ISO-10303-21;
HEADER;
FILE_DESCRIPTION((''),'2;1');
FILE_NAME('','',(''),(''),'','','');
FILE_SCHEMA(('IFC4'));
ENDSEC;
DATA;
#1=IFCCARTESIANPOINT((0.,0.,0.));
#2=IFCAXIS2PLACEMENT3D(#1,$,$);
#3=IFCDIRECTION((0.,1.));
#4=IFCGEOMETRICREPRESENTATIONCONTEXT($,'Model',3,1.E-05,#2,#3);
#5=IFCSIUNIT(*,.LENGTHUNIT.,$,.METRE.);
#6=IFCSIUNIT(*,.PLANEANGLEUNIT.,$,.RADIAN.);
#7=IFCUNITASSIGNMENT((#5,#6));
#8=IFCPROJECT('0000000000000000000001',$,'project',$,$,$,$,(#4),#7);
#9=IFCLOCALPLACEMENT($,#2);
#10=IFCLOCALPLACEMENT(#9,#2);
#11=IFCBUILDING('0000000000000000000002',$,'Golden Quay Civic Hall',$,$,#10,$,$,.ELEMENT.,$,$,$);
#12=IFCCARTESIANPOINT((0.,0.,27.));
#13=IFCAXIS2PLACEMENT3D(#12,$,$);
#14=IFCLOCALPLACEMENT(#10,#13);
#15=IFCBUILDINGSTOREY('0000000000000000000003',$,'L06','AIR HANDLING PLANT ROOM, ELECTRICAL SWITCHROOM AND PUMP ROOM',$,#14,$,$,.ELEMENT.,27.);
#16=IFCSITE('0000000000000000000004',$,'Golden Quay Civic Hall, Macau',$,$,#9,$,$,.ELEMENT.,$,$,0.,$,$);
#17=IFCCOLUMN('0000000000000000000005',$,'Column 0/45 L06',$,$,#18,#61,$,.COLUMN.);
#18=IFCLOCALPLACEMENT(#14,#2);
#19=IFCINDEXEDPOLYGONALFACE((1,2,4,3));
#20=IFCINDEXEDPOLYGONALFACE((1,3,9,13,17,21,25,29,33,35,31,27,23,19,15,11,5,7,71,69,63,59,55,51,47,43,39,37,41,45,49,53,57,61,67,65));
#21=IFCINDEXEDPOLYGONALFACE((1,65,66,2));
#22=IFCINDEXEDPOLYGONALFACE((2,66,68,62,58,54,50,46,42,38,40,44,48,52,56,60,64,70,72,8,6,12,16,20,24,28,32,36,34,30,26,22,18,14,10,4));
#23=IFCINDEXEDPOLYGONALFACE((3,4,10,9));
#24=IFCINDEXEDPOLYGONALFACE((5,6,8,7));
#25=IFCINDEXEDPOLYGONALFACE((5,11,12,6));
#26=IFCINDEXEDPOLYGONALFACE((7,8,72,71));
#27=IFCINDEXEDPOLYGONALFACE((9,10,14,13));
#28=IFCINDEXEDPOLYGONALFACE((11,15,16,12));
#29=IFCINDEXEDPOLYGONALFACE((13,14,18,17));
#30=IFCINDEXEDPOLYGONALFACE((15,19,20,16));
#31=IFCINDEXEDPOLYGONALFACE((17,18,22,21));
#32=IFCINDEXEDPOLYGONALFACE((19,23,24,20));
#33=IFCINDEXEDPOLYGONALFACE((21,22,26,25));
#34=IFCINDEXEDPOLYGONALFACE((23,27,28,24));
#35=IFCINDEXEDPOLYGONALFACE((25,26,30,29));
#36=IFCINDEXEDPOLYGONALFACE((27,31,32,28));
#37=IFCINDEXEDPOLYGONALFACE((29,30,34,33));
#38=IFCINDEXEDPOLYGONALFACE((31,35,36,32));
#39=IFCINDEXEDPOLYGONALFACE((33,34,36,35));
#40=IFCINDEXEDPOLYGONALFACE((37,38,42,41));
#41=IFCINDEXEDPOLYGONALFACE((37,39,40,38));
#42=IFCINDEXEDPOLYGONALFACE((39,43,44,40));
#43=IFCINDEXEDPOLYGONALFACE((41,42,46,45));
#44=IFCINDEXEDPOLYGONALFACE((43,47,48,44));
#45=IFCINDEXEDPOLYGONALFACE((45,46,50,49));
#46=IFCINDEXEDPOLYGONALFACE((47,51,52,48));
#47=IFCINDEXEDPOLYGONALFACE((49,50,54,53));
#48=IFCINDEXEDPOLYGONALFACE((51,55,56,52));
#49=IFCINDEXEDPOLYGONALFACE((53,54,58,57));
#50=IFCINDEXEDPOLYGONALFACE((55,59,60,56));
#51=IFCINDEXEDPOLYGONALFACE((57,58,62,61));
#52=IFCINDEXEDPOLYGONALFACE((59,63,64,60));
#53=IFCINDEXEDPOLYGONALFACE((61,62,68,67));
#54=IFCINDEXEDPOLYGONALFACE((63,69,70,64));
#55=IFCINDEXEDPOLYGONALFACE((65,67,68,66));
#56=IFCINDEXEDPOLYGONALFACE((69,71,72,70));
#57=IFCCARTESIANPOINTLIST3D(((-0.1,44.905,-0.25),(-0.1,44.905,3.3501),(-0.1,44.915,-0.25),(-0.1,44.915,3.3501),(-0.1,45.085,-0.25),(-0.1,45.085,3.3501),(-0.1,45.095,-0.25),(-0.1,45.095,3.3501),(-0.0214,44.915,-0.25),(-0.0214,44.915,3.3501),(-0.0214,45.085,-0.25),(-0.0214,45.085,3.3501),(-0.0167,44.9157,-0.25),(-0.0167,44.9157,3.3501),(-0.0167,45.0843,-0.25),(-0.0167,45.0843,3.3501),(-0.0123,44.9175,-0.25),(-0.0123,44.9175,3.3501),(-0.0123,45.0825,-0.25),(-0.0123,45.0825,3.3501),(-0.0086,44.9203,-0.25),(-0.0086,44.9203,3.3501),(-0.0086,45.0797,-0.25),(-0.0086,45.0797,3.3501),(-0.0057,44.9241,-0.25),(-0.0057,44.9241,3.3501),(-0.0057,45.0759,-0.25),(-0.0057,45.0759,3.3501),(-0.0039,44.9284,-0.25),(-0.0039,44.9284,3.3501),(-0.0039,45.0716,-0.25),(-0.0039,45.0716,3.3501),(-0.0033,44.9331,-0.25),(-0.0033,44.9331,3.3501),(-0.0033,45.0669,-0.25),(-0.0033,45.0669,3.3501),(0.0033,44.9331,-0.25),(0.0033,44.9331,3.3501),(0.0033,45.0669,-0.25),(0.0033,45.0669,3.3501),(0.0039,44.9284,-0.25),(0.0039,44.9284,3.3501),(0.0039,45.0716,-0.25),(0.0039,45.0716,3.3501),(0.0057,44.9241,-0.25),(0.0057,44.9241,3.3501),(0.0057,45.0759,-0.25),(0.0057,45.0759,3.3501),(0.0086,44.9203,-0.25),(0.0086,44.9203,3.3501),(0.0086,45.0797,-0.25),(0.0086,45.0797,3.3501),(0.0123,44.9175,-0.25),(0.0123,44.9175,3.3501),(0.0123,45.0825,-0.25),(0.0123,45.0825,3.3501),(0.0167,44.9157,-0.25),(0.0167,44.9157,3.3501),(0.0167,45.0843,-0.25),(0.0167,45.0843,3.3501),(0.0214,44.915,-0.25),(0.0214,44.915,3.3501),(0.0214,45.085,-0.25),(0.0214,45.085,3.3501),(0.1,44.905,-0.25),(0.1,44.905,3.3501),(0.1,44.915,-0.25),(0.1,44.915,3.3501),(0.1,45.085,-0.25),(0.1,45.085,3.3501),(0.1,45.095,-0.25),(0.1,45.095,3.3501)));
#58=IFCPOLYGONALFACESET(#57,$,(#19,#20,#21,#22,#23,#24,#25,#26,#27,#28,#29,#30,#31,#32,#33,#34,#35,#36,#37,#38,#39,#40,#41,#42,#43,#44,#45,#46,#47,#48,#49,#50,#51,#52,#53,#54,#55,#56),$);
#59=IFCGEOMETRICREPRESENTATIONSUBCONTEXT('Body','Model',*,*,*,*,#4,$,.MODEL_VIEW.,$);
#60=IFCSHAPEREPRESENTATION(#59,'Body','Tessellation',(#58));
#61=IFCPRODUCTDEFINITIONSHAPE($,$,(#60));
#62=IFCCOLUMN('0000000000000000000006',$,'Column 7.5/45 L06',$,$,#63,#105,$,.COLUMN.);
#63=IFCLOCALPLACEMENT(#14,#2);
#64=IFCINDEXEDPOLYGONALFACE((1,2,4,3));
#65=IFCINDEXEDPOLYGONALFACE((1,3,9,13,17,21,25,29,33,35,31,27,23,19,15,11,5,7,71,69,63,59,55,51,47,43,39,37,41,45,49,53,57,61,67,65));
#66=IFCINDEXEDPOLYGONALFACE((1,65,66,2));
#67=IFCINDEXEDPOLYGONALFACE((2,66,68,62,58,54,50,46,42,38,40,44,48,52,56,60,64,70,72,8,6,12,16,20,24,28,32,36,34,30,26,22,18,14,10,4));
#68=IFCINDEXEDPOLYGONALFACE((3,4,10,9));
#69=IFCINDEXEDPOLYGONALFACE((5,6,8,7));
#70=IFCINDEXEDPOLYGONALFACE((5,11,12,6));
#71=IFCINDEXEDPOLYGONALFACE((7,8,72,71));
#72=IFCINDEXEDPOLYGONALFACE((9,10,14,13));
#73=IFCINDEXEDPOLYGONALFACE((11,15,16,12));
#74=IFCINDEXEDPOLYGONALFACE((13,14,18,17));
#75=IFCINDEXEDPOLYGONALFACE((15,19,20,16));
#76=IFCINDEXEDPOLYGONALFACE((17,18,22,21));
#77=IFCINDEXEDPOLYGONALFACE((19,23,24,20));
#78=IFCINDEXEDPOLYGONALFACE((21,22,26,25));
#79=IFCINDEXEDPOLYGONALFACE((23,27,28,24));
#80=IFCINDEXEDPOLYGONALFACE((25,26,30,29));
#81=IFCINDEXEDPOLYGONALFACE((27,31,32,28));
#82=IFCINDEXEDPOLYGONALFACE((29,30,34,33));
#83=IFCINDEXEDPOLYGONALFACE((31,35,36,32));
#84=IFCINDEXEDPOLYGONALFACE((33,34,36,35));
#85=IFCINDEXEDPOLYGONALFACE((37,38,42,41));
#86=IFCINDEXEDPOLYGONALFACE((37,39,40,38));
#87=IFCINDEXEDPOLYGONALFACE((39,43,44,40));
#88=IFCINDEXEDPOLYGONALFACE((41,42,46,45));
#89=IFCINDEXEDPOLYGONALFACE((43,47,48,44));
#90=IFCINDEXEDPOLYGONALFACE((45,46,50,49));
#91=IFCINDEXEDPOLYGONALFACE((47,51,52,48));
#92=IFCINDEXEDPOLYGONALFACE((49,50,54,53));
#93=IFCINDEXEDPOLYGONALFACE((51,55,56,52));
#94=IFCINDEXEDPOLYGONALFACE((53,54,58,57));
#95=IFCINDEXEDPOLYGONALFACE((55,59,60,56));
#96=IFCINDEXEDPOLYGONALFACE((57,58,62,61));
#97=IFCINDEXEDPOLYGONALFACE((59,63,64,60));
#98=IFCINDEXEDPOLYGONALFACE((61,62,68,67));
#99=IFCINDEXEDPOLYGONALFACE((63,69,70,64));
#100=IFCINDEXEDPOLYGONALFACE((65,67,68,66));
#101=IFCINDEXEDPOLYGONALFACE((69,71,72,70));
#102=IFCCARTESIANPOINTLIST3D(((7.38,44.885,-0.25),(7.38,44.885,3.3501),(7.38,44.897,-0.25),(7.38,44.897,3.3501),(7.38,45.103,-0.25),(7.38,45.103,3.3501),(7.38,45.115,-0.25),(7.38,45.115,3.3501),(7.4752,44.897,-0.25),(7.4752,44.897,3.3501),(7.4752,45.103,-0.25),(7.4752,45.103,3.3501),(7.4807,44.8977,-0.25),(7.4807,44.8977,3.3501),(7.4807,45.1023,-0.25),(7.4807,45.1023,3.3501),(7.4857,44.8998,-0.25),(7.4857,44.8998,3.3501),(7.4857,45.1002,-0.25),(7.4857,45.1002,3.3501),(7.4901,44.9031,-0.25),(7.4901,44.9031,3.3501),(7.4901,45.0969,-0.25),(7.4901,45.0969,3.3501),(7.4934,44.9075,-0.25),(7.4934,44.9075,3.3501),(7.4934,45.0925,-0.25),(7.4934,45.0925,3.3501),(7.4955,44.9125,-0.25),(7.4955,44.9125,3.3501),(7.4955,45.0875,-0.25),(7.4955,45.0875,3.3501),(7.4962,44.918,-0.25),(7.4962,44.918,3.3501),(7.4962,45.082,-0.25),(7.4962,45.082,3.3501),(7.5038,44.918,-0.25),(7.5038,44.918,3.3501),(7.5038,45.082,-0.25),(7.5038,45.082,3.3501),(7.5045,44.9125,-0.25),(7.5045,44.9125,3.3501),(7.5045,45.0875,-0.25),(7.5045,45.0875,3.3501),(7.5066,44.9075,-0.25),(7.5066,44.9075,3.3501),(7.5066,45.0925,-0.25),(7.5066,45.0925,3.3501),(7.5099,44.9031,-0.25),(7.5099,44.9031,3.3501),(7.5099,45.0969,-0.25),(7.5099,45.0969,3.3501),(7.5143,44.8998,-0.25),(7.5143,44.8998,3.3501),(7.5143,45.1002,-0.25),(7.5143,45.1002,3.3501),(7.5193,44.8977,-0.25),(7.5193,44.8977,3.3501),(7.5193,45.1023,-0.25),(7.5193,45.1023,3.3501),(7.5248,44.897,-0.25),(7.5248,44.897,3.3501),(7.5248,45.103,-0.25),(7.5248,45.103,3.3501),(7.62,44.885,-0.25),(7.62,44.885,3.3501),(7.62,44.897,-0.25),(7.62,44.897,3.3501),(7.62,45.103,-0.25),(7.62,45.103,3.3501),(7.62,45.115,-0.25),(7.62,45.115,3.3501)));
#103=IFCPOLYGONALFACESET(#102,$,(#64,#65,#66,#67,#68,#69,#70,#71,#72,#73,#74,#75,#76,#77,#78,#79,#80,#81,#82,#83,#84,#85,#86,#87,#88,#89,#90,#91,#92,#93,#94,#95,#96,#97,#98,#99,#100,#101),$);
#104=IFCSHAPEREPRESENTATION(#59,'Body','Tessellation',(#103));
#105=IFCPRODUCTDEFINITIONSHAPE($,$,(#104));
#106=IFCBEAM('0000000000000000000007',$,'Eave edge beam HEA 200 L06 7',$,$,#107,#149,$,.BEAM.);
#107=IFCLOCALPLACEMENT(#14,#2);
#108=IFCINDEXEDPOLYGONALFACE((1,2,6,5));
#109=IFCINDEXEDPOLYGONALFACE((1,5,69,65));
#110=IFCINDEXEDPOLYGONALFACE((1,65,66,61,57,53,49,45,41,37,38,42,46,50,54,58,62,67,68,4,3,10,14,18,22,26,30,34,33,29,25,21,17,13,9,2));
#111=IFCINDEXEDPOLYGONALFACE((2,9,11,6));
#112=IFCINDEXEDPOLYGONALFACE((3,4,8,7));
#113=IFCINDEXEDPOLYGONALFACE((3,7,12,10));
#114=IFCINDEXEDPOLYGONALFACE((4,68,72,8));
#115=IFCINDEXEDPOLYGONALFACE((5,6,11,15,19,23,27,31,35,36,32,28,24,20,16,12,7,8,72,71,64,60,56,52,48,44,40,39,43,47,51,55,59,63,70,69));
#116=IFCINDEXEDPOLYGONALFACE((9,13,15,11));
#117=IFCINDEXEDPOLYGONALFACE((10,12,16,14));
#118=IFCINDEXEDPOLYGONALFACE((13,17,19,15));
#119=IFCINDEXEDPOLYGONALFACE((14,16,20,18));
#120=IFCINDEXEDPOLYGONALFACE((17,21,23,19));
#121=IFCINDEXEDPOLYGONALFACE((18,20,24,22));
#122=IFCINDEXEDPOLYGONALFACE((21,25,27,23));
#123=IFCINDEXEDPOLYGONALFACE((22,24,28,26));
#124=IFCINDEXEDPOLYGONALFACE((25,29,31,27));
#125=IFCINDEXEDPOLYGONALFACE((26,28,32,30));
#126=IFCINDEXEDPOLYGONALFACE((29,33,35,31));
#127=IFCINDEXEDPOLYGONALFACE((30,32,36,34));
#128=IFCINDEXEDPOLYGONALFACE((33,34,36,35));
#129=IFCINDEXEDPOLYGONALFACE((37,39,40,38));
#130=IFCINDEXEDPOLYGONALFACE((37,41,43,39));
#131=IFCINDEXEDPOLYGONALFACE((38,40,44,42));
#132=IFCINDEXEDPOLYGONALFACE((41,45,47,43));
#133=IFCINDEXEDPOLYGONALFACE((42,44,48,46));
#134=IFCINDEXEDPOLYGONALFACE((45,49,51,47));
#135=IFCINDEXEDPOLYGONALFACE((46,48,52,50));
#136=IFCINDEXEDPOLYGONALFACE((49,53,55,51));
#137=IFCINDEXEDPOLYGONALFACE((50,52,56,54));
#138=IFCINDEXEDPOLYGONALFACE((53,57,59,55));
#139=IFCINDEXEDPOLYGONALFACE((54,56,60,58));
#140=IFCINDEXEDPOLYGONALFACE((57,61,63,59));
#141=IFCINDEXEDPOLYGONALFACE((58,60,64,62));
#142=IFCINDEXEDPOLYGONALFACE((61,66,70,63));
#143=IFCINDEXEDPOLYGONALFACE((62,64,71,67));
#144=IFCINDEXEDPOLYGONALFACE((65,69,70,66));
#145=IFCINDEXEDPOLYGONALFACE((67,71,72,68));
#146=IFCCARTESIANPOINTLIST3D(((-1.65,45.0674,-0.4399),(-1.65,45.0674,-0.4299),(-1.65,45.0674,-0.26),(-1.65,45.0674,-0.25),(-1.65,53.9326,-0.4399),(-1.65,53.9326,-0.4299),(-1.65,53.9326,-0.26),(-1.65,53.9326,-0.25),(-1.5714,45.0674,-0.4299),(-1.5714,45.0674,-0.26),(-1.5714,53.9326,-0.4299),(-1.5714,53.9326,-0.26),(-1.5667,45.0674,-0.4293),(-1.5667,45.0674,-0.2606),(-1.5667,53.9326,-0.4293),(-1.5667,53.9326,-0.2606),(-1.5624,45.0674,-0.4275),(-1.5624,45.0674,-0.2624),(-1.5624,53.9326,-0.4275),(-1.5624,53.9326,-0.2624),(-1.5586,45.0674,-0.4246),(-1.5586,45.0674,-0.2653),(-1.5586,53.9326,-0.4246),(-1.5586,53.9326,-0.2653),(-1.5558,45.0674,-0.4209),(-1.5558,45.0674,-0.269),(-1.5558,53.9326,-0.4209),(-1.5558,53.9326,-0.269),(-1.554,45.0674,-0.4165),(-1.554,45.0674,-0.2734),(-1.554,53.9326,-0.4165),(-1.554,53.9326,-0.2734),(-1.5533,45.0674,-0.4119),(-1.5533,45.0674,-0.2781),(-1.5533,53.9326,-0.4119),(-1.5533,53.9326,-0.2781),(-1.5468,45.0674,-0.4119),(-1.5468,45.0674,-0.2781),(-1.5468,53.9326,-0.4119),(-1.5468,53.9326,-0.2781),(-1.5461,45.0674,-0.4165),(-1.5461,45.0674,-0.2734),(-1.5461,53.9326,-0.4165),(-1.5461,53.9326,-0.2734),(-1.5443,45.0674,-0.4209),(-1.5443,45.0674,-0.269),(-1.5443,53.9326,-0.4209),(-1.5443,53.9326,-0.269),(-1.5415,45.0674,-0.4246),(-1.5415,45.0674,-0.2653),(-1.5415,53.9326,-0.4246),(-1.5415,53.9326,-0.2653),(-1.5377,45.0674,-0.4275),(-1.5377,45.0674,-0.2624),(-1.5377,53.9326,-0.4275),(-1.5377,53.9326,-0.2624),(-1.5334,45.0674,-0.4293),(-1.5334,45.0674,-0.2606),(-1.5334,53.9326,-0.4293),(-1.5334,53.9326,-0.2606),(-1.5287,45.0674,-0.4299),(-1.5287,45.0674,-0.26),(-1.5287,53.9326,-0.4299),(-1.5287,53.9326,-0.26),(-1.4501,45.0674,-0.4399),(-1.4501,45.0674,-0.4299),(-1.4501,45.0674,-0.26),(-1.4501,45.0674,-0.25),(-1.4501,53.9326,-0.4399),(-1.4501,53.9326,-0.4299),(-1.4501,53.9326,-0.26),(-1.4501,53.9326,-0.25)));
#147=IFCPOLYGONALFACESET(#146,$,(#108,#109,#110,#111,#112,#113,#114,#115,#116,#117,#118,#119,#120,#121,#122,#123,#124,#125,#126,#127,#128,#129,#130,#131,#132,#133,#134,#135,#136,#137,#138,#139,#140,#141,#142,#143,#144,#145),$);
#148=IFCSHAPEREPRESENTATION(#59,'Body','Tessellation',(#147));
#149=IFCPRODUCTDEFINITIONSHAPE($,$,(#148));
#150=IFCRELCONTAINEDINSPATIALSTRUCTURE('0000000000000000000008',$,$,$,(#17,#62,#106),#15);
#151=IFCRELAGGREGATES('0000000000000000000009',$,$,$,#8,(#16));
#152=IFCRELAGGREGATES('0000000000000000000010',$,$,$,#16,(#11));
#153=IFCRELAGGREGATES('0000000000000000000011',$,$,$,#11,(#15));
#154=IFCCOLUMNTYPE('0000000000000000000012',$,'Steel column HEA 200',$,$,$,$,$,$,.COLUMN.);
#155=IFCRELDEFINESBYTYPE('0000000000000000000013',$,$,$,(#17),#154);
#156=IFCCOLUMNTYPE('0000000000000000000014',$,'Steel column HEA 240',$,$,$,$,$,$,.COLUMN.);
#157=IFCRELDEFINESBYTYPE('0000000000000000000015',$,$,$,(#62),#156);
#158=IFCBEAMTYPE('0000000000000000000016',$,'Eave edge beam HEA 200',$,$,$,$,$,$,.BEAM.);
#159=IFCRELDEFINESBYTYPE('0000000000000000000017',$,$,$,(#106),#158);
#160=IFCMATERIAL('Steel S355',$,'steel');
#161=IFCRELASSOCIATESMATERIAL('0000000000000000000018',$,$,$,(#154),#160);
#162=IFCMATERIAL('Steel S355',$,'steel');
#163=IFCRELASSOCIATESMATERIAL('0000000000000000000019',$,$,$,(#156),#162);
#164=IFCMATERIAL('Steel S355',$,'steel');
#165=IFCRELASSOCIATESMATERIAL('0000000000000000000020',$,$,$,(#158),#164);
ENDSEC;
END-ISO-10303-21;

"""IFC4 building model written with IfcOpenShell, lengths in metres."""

from ifc_helpers import new_model, si_unit, direction, frame, origin, origin_2d, place, context, subcontext, project, spatial, i_section, extrude, material, material_profile, profile_set, type_object, element, save


model = new_model("IFC4")

# Units and contexts
model_context = context("Model", 3, precision=1e-05, world=origin(), true_north=direction((0.0, 1.0)))
body_context = subcontext(model_context, "Body", "Model", "MODEL_VIEW")
ifc_project = project(units=[si_unit("LENGTHUNIT", "METRE"), si_unit("PLANEANGLEUNIT", "RADIAN")], contexts=[model_context])

# Site, building, storey
site_placement = place(None, origin())
site = spatial("IfcSite", under=ifc_project, at=site_placement, Name="Golden Quay Civic Hall, Macau", CompositionType="ELEMENT", RefElevation=0.0)
building_placement = place(site_placement, origin())
building = spatial("IfcBuilding", under=site, at=building_placement, Name="Golden Quay Civic Hall", CompositionType="ELEMENT")
storey_placement = place(building_placement, frame((0.0, 0.0, 27.0)))
storey = spatial("IfcBuildingStorey", under=building, at=storey_placement, Name="L06", Description="AIR HANDLING PLANT ROOM, ELECTRICAL SWITCHROOM AND PUMP ROOM", CompositionType="ELEMENT", Elevation=27.0)

# Columns
ifc_material_1 = material(Name="Steel S355", Category="steel")
ifc_material_profile_1 = material_profile(ifc_material_1, i_section(OverallWidth=0.2, OverallDepth=0.1899, WebThickness=0.0066, FlangeThickness=0.01, FilletRadius=0.0181, at=origin_2d()), Name="HEA 200")
ifc_profile_set_1 = profile_set([ifc_material_profile_1], Name="Steel S355")
column_type_1 = type_object("IfcColumnType", Name="Steel column HEA 200", PredefinedType="COLUMN", material=ifc_profile_set_1)
column_1_placement = place(storey_placement, frame((0.0, 45.0, -0.25), z_axis=(0.0, 0.0, 1.0), x_axis=(1.0, 0.0, 0.0)))
element("IfcColumn", 1, at=column_1_placement, inside=storey, type_object=column_type_1, Name="Column 0/45 L06", PredefinedType="COLUMN", context=body_context, shape_type="SweptSolid", body=[
    extrude(i_section(OverallWidth=0.2, OverallDepth=0.1899, WebThickness=0.0066, FlangeThickness=0.01, FilletRadius=0.0181, at=origin_2d()), origin(), (0.0, 0.0, 1.0), 3.6001),
])
ifc_material_2 = material(Name="Steel S355", Category="steel")
ifc_material_profile_2 = material_profile(ifc_material_2, i_section(OverallWidth=0.24, OverallDepth=0.23, WebThickness=0.0076, FlangeThickness=0.012, FilletRadius=0.021, at=origin_2d()), Name="HEA 240")
ifc_profile_set_2 = profile_set([ifc_material_profile_2], Name="Steel S355")
column_type_2 = type_object("IfcColumnType", Name="Steel column HEA 240", PredefinedType="COLUMN", material=ifc_profile_set_2)
column_2_placement = place(storey_placement, frame((7.5, 45.0, -0.25), z_axis=(0.0, 0.0, 1.0), x_axis=(1.0, 0.0, 0.0)))
element("IfcColumn", 2, at=column_2_placement, inside=storey, type_object=column_type_2, Name="Column 7.5/45 L06", PredefinedType="COLUMN", context=body_context, shape_type="SweptSolid", body=[
    extrude(i_section(OverallWidth=0.24, OverallDepth=0.23, WebThickness=0.0076, FlangeThickness=0.012, FilletRadius=0.021, at=origin_2d()), origin(), (0.0, 0.0, 1.0), 3.6001),
])

# Beam
ifc_material_3 = material(Name="Steel S355", Category="steel")
ifc_material_profile_3 = material_profile(ifc_material_3, i_section(OverallWidth=0.2, OverallDepth=0.1899, WebThickness=0.0066, FlangeThickness=0.01, FilletRadius=0.0181, at=origin_2d()), Name="HEA 200")
ifc_profile_set_3 = profile_set([ifc_material_profile_3], Name="Steel S355")
beam_type_1 = type_object("IfcBeamType", Name="Eave edge beam HEA 200", PredefinedType="BEAM", material=ifc_profile_set_3)
beam_1_placement = place(storey_placement, frame((-1.55, 45.0674, -0.345), z_axis=(0.0, 1.0, 0.0), x_axis=(-1.0, 0.0, 0.0)))
element("IfcBeam", 3, at=beam_1_placement, inside=storey, type_object=beam_type_1, Name="Eave edge beam HEA 200 L06 7", PredefinedType="BEAM", context=body_context, shape_type="SweptSolid", body=[
    extrude(i_section(OverallWidth=0.2, OverallDepth=0.1899, WebThickness=0.0066, FlangeThickness=0.01, FilletRadius=0.0181, at=origin_2d()), origin(), (0.0, 0.0, 1.0), 8.8652),
])

save(model, "model.ifc")
